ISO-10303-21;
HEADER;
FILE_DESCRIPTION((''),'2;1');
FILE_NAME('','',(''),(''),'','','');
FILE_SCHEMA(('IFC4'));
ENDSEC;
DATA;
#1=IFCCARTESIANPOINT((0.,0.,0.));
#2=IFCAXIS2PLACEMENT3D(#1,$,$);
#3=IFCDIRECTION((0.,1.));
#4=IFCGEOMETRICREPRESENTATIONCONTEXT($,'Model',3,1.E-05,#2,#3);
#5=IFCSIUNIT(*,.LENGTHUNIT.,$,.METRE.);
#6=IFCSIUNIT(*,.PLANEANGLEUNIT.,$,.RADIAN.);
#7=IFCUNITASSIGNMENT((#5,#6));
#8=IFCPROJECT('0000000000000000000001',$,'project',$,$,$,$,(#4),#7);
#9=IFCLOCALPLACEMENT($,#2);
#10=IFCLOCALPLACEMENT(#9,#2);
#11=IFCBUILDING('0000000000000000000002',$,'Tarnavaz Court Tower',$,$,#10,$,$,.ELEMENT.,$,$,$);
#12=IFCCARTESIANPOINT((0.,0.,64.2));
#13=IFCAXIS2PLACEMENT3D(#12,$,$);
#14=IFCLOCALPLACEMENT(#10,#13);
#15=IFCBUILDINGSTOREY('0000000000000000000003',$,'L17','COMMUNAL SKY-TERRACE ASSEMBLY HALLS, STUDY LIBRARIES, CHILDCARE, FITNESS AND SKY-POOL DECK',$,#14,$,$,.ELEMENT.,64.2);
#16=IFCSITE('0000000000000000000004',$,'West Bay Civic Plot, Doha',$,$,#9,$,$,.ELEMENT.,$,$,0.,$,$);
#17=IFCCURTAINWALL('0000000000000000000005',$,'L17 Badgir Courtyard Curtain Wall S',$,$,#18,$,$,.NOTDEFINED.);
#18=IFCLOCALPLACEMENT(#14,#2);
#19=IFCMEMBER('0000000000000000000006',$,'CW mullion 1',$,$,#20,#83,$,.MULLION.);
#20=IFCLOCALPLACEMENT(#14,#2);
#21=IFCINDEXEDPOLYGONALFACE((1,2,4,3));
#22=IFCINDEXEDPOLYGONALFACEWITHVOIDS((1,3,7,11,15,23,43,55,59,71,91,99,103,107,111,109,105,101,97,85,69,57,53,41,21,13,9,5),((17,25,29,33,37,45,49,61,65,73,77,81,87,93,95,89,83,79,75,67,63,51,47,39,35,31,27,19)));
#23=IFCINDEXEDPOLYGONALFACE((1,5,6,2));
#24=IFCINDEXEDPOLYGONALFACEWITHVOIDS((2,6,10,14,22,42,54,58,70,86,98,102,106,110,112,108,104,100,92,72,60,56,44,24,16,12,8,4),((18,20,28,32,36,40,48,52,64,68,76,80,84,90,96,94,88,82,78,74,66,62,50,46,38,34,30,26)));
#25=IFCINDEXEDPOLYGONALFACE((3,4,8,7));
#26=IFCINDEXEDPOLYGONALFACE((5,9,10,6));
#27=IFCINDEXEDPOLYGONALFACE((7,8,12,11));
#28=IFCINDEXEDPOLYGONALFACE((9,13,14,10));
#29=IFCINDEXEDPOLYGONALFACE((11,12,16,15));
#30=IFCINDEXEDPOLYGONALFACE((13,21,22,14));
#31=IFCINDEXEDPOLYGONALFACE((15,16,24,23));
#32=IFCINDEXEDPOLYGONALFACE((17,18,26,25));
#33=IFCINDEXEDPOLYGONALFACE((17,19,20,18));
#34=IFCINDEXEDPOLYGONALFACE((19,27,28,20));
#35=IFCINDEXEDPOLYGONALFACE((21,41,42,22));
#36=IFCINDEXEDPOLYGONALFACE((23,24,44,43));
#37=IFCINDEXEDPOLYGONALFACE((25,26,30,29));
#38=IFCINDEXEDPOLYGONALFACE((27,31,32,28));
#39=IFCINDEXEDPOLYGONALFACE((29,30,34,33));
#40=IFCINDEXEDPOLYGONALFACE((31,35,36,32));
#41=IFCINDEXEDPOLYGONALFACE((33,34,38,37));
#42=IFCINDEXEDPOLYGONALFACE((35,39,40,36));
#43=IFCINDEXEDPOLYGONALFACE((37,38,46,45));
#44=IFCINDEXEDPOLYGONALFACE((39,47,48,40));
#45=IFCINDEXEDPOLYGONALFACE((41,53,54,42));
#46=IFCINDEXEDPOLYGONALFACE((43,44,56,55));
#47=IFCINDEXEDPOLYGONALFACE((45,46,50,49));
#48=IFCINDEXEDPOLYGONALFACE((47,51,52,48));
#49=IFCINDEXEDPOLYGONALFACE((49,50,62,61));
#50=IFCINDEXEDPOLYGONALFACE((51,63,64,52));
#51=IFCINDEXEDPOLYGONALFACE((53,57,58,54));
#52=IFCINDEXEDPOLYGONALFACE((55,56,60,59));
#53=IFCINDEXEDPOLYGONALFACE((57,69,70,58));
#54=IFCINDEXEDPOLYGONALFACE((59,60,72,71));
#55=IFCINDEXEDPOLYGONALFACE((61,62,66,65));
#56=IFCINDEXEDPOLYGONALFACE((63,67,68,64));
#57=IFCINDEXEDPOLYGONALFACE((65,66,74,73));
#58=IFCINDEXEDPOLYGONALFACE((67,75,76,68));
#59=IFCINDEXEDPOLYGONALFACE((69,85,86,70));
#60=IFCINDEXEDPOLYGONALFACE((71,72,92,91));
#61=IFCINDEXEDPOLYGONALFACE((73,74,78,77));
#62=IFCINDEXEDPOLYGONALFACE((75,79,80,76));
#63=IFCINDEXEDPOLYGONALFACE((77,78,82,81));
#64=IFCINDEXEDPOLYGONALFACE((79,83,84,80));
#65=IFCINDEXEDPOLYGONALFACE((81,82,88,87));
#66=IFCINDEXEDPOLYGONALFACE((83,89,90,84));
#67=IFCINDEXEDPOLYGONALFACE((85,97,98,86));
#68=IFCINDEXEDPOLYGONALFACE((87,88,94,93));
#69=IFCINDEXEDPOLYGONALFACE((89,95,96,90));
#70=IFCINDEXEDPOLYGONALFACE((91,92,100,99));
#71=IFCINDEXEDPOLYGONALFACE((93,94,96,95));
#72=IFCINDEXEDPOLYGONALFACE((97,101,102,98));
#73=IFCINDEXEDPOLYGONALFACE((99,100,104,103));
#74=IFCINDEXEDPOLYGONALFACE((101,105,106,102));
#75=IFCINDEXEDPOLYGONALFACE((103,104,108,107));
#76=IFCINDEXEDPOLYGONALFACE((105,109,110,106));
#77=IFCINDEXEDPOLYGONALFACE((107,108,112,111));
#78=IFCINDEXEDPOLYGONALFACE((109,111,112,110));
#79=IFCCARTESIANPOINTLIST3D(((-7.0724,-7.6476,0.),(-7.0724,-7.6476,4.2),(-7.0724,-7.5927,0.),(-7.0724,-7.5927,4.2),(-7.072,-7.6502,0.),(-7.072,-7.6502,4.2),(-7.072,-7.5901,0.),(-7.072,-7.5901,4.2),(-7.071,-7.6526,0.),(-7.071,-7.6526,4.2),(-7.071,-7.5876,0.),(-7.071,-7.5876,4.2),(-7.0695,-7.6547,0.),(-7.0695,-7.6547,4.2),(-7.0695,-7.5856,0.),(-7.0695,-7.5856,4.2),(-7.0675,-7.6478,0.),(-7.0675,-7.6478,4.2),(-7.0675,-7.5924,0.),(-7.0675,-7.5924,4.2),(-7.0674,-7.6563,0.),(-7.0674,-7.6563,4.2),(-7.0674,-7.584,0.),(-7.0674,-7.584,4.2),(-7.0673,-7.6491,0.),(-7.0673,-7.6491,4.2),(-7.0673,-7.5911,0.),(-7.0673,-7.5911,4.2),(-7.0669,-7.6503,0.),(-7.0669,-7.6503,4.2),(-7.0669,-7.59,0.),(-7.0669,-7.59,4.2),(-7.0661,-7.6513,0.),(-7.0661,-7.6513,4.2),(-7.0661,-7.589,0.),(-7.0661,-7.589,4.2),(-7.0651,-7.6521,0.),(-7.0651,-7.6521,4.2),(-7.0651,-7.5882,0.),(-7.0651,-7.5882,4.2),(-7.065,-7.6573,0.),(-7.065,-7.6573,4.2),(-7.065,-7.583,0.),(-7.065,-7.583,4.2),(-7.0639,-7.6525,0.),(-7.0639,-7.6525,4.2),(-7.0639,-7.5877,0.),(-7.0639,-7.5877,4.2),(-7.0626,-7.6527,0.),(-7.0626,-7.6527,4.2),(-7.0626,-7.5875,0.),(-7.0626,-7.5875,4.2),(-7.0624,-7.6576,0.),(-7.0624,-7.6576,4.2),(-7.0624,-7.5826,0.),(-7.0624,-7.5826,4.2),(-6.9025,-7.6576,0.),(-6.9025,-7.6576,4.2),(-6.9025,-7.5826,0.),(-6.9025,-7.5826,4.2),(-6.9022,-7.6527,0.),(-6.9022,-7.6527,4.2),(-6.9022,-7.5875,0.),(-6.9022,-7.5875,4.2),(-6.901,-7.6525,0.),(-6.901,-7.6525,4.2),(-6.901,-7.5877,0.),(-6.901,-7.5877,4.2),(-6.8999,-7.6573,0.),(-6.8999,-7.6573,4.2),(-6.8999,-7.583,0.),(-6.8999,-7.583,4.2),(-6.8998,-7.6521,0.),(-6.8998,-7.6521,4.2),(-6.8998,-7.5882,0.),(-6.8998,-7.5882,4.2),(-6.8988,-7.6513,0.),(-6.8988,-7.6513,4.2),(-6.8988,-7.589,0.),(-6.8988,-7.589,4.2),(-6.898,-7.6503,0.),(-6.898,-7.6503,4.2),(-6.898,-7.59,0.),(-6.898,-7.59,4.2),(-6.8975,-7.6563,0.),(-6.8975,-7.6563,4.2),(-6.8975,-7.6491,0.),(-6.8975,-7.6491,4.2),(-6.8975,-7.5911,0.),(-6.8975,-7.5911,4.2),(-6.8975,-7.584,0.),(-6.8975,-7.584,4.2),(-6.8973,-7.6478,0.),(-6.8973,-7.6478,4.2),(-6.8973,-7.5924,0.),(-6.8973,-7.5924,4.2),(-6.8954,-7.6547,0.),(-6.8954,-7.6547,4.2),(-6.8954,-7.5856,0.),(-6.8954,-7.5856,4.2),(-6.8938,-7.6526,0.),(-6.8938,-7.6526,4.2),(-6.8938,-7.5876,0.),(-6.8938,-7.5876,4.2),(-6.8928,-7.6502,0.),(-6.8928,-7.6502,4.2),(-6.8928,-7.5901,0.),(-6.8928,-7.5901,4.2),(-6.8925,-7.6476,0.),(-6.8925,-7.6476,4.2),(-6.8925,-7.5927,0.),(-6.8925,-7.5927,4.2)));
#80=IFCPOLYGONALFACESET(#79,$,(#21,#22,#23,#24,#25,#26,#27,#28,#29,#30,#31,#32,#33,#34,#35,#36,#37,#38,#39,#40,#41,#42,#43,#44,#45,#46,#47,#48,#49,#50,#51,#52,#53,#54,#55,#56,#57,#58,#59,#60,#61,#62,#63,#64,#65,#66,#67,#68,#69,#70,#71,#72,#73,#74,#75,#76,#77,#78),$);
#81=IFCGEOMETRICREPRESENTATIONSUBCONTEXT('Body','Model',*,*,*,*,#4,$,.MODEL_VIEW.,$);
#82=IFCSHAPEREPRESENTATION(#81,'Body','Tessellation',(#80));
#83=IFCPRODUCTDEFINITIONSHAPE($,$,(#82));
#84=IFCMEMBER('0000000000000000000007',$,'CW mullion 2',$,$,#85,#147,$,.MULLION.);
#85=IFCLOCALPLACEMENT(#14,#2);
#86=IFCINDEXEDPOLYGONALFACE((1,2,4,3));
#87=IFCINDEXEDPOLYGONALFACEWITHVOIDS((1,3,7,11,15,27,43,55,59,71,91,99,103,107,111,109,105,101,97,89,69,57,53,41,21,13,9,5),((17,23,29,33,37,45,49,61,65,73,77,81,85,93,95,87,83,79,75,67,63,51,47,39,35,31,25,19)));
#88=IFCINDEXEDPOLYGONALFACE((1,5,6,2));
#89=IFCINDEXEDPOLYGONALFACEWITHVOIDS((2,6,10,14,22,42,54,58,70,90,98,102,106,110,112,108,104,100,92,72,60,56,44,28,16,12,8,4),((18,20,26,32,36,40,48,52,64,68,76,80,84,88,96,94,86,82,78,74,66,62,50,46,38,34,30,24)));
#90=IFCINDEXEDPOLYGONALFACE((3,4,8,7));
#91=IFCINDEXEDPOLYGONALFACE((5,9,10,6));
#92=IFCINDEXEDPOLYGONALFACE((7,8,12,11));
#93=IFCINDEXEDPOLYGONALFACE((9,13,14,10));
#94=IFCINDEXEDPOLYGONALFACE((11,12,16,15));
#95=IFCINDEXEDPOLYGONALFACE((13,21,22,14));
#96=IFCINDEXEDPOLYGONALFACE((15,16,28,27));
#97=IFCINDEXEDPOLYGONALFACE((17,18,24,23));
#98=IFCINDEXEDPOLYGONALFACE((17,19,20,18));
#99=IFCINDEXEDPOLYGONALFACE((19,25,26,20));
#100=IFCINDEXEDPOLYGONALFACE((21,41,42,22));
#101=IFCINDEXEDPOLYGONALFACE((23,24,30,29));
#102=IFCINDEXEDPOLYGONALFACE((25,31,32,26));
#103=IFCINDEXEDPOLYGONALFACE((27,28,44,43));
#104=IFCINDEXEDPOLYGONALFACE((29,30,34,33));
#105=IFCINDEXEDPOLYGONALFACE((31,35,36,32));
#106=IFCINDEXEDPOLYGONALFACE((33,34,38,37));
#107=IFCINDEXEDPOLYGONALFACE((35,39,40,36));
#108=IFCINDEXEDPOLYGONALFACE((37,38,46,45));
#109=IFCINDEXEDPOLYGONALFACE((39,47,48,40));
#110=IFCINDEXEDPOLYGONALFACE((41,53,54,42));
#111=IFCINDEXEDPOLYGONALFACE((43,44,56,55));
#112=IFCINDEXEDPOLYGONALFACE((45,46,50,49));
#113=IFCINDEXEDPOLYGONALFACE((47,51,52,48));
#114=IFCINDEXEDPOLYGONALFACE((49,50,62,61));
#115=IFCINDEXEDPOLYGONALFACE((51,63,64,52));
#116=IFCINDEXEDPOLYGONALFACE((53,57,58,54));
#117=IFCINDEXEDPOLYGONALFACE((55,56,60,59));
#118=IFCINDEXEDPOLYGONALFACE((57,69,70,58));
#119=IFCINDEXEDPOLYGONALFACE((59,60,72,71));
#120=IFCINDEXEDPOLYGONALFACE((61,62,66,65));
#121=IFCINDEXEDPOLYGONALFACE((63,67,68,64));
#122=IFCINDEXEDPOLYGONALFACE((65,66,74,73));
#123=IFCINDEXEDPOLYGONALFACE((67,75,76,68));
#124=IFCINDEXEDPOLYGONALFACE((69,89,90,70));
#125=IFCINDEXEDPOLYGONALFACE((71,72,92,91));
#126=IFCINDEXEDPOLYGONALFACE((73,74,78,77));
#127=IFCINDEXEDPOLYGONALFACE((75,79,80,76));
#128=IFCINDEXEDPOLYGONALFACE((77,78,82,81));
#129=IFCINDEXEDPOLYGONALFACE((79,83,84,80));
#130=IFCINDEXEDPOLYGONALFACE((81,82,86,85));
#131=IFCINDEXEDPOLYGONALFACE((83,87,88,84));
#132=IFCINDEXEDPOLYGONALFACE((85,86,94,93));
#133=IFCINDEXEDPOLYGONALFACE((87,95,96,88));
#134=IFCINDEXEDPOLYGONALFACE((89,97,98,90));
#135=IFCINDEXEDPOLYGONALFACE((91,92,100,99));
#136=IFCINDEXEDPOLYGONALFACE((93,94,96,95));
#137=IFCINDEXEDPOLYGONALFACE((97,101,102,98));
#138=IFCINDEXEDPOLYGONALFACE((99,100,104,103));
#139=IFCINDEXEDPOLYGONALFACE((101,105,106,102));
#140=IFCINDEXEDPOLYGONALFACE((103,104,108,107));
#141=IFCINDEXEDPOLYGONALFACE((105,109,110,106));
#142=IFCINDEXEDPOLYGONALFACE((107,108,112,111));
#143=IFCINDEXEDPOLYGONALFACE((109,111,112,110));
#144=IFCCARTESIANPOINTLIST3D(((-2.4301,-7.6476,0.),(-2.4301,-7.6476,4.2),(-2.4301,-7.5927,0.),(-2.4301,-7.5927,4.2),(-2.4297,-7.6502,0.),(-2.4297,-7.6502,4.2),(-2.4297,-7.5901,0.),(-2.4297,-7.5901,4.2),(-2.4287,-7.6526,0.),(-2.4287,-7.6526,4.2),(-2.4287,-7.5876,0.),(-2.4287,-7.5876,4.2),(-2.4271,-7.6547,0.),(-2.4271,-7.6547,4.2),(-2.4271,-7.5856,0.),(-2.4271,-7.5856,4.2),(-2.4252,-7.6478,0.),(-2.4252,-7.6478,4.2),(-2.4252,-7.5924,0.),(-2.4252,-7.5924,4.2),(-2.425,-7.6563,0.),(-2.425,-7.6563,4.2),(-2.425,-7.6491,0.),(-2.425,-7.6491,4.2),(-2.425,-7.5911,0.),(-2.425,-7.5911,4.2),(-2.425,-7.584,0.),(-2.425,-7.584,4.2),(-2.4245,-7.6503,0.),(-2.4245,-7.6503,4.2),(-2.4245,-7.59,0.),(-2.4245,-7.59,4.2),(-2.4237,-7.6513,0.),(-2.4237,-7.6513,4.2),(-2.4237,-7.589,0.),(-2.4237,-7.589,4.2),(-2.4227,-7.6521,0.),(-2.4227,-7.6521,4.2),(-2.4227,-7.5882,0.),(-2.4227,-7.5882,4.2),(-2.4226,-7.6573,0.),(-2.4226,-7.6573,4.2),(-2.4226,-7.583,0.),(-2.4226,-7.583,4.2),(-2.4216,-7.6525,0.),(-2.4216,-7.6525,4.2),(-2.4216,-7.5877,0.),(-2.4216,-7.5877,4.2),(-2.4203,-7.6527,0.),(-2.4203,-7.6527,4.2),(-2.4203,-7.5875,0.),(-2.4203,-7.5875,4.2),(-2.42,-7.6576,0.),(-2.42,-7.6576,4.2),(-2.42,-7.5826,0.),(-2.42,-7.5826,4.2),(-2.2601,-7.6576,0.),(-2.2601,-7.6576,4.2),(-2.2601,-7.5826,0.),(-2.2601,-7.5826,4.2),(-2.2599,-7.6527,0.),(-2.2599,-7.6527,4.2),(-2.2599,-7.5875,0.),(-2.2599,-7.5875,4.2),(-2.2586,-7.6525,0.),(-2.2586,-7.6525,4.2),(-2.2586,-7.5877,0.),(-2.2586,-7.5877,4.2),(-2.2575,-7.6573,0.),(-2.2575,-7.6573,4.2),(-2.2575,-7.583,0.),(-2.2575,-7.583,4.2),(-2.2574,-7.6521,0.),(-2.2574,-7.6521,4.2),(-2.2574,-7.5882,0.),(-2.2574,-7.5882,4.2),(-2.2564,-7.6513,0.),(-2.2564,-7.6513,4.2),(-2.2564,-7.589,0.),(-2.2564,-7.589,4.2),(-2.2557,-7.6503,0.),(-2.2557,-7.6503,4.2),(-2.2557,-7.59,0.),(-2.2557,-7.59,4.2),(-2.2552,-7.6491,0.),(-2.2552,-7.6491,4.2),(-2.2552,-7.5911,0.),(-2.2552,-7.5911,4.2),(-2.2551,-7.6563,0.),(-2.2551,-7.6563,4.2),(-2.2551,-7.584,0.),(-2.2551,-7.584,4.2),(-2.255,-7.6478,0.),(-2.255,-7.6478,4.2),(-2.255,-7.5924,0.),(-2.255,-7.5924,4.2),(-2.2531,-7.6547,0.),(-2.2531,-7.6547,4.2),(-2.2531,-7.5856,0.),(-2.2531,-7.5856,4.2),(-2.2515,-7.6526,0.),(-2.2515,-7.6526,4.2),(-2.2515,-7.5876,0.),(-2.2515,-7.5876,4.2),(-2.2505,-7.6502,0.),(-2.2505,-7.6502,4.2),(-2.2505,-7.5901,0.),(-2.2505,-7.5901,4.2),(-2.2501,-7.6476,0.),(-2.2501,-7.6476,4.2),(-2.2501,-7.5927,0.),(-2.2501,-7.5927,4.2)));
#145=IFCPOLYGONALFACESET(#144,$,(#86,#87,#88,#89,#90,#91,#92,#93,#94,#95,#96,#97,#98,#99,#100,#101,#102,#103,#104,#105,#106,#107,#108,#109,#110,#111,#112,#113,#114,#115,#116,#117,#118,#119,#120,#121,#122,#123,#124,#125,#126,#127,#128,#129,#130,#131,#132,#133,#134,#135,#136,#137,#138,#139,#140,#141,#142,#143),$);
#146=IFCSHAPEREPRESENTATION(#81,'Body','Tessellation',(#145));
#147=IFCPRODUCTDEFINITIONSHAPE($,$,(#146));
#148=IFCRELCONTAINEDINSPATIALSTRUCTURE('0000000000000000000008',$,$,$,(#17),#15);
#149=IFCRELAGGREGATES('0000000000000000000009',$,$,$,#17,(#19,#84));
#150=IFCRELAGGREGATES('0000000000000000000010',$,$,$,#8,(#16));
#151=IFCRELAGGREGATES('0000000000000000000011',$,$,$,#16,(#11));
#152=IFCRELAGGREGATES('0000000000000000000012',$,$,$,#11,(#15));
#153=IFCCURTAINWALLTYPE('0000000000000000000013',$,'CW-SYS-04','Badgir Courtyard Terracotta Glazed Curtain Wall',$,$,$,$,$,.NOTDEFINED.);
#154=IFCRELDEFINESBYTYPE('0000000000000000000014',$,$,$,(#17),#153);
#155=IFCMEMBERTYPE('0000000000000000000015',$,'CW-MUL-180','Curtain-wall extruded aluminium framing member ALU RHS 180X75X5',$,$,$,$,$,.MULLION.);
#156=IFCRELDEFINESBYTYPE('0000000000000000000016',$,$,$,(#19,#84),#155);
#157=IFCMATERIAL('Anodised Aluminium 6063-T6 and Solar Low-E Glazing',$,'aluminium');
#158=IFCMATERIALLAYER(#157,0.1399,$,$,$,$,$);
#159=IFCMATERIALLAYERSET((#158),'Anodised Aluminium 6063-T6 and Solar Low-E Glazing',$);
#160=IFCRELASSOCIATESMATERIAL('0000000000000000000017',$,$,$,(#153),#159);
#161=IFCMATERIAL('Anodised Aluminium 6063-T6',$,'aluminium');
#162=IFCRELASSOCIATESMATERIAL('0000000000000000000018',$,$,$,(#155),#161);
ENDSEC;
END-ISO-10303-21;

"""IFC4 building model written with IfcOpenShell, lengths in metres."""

from ifc_helpers import new_model, si_unit, direction, frame, origin, origin_2d, place, context, subcontext, project, spatial, hollow_rectangle, extrude, material, layer, layer_set, material_profile, profile_set, type_object, element, aggregate, save


model = new_model("IFC4")

# Units and contexts
model_context = context("Model", 3, precision=1e-05, world=origin(), true_north=direction((0.0, 1.0)))
body_context = subcontext(model_context, "Body", "Model", "MODEL_VIEW")
ifc_project = project(units=[si_unit("LENGTHUNIT", "METRE"), si_unit("PLANEANGLEUNIT", "RADIAN")], contexts=[model_context])

# Site, building, storey
site_placement = place(None, origin())
site = spatial("IfcSite", under=ifc_project, at=site_placement, Name="West Bay Civic Plot, Doha", CompositionType="ELEMENT", RefElevation=0.0)
building_placement = place(site_placement, origin())
building = spatial("IfcBuilding", under=site, at=building_placement, Name="Tarnavaz Court Tower", CompositionType="ELEMENT")
storey_placement = place(building_placement, frame((0.0, 0.0, 64.2)))
storey = spatial("IfcBuildingStorey", under=building, at=storey_placement, Name="L17", Description="COMMUNAL SKY-TERRACE ASSEMBLY HALLS, STUDY LIBRARIES, CHILDCARE, FITNESS AND SKY-POOL DECK", CompositionType="ELEMENT", Elevation=64.2)

# Curtain wall, members
ifc_material_1 = material(Name="Anodised Aluminium 6063-T6 and Solar Low-E Glazing", Category="aluminium")
ifc_layer_1 = layer(ifc_material_1, 0.1399)
ifc_layer_set_1 = layer_set([ifc_layer_1], Name="Anodised Aluminium 6063-T6 and Solar Low-E Glazing")
curtain_wall_type = type_object("IfcCurtainWallType", Name="CW-SYS-04", Description="Badgir Courtyard Terracotta Glazed Curtain Wall", PredefinedType="NOTDEFINED", material=ifc_layer_set_1)
curtain_wall_placement = place(storey_placement, origin())
curtain_wall = element("IfcCurtainWall", 1, at=curtain_wall_placement, inside=storey, type_object=curtain_wall_type, Name="L17 Badgir Courtyard Curtain Wall S", PredefinedType="NOTDEFINED")
ifc_material_2 = material(Name="Anodised Aluminium 6063-T6", Category="aluminium")
ifc_material_profile_1 = material_profile(ifc_material_2, hollow_rectangle(XDim=0.075, YDim=0.1799, WallThickness=0.0049, InnerFilletRadius=0.0049, OuterFilletRadius=0.01, at=origin_2d()), Name="ALU RHS 180X75X5")
ifc_profile_set_1 = profile_set([ifc_material_profile_1], Name="Anodised Aluminium 6063-T6")
member_type_1 = type_object("IfcMemberType", Name="CW-MUL-180", Description="Curtain-wall extruded aluminium framing member ALU RHS 180X75X5", PredefinedType="MULLION", material=ifc_profile_set_1)
member_1_placement = place(storey_placement, frame((-6.9824, -7.6201, 0.0), z_axis=(0.0, 0.0, 1.0), x_axis=(0.0, 1.0, 0.0)))
member_1 = element("IfcMember", 2, at=member_1_placement, type_object=member_type_1, Name="CW mullion 1", PredefinedType="MULLION", context=body_context, shape_type="SweptSolid", body=[
    extrude(hollow_rectangle(XDim=0.075, YDim=0.1799, WallThickness=0.0049, InnerFilletRadius=0.0049, OuterFilletRadius=0.01, at=origin_2d()), origin(), (0.0, 0.0, 1.0), 4.2),
])
member_2_placement = place(storey_placement, frame((-2.3401, -7.6201, 0.0), z_axis=(0.0, 0.0, 1.0), x_axis=(0.0, 1.0, 0.0)))
member_2 = element("IfcMember", 3, at=member_2_placement, type_object=member_type_1, Name="CW mullion 2", PredefinedType="MULLION", context=body_context, shape_type="SweptSolid", body=[
    extrude(hollow_rectangle(XDim=0.075, YDim=0.1799, WallThickness=0.0049, InnerFilletRadius=0.0049, OuterFilletRadius=0.01, at=origin_2d()), origin(), (0.0, 0.0, 1.0), 4.2),
])
aggregate(curtain_wall, [member_1, member_2])

save(model, "model.ifc")
